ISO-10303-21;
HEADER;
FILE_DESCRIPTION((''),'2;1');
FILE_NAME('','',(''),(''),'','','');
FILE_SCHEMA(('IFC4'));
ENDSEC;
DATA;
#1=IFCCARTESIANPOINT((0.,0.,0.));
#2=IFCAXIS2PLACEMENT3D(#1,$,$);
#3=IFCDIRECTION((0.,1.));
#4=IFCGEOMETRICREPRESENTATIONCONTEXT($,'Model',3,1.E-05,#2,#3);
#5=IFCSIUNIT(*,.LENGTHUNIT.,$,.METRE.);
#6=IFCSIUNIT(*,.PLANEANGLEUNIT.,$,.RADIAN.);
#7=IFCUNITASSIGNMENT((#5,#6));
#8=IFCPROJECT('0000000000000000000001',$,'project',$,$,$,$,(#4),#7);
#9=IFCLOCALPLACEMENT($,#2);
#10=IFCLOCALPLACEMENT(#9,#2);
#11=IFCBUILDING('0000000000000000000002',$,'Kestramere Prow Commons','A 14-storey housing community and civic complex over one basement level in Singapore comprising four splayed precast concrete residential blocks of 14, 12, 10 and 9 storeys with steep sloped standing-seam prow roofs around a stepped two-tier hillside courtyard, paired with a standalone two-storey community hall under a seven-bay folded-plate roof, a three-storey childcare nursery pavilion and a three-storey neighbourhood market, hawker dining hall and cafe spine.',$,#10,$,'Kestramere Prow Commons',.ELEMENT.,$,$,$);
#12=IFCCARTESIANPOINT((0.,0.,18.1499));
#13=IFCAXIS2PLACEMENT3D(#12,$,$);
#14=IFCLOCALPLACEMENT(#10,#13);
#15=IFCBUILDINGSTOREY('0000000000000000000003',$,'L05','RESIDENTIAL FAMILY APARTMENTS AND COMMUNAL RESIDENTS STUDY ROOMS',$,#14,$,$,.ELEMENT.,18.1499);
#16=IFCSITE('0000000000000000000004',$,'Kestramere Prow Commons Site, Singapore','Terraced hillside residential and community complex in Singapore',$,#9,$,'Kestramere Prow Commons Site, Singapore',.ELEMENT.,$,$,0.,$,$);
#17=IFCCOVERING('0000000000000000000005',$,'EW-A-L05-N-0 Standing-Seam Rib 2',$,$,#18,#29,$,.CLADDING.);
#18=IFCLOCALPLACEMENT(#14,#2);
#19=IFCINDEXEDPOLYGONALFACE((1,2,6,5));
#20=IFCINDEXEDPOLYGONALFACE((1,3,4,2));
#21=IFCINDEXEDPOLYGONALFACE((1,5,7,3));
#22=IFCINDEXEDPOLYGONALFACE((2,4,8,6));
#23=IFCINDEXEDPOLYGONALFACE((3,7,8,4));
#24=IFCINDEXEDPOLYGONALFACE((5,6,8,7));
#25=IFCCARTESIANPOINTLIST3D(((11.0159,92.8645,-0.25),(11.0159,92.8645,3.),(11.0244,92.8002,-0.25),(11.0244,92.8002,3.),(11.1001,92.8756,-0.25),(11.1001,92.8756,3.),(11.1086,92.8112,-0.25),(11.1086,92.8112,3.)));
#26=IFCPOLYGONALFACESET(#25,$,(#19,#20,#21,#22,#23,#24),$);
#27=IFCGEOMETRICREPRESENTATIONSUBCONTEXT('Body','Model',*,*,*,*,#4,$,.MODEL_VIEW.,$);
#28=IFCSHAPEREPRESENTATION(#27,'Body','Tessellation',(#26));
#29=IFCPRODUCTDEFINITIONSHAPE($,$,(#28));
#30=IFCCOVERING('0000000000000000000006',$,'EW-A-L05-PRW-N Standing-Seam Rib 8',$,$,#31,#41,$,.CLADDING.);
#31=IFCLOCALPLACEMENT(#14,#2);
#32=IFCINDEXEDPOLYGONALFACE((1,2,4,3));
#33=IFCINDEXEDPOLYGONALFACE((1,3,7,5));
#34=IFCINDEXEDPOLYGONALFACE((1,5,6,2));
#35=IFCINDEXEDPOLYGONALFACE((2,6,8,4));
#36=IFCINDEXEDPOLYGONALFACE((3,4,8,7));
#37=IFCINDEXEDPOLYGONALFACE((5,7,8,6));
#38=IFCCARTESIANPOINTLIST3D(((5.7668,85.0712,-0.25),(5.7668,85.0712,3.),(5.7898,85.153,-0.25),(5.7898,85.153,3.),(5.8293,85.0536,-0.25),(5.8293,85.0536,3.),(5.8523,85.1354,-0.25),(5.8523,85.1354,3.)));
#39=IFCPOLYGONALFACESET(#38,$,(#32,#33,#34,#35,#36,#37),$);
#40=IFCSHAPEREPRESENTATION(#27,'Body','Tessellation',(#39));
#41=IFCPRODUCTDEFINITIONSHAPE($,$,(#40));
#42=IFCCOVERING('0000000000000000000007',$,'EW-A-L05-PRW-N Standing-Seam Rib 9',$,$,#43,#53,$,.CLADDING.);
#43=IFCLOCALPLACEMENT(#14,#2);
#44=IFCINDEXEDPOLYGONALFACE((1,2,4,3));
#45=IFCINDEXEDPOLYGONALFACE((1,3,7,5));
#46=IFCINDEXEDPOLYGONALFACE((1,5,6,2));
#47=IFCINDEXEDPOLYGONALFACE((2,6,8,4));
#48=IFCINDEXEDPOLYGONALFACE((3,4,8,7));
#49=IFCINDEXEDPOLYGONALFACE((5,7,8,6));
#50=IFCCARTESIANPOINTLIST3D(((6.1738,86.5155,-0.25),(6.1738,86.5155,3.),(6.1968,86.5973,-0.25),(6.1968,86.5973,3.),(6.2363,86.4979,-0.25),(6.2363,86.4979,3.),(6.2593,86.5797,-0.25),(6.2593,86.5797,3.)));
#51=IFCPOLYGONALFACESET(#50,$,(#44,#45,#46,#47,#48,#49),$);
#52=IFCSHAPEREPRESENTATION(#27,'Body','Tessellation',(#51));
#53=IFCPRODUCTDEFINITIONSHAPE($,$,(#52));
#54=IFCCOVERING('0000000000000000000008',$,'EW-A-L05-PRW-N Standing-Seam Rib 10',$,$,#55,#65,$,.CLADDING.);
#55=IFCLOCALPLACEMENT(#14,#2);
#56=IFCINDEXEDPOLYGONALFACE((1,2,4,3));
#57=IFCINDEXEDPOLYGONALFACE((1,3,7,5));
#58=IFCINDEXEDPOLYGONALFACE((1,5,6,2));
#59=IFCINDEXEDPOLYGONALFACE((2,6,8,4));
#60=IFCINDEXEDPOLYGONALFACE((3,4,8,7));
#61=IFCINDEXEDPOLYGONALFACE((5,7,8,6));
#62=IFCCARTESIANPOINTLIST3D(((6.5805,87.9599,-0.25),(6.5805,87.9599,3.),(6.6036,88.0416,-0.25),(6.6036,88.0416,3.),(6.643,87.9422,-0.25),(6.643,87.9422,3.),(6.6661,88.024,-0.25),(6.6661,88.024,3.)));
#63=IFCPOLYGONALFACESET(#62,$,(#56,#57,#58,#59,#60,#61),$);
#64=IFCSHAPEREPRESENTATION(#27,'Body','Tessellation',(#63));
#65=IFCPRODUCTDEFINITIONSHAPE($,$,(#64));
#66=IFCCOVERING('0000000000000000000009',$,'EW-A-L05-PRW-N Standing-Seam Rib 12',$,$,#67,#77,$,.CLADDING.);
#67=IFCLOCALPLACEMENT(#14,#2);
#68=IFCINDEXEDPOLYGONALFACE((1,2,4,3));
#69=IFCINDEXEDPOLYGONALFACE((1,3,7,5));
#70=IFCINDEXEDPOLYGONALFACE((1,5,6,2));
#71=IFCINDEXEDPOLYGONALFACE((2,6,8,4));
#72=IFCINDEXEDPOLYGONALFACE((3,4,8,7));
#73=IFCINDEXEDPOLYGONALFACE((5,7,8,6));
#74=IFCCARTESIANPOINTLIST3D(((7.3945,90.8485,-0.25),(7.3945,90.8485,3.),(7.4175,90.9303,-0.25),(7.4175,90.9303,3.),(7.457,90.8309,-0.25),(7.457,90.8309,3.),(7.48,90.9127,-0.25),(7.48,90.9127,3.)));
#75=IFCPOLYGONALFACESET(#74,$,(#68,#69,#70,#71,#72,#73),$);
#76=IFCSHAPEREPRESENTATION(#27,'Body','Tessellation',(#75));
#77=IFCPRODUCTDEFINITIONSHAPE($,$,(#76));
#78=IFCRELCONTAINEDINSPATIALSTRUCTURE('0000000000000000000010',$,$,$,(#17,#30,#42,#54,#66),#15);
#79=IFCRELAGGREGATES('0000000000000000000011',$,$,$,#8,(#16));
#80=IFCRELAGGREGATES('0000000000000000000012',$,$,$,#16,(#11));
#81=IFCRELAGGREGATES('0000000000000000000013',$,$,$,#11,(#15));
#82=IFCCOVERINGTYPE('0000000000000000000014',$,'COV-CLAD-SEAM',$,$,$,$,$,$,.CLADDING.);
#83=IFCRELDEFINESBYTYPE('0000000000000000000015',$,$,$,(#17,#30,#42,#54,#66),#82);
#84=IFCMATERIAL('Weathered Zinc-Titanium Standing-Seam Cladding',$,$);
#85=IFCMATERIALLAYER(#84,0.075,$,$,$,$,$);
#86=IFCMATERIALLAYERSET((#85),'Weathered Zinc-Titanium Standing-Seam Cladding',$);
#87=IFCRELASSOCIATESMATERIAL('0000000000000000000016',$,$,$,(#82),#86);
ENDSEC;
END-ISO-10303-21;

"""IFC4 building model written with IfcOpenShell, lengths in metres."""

from ifc_helpers import new_model, si_unit, direction, frame, origin, origin_2d, place, context, subcontext, project, spatial, rectangle, extrude, material, layer, layer_set, type_object, element, save


model = new_model("IFC4")

# Units and contexts
model_context = context("Model", 3, precision=1e-05, world=origin(), true_north=direction((0.0, 1.0)))
body_context = subcontext(model_context, "Body", "Model", "MODEL_VIEW")
ifc_project = project(units=[si_unit("LENGTHUNIT", "METRE"), si_unit("PLANEANGLEUNIT", "RADIAN")], contexts=[model_context])

# Site, building, storey
site_placement = place(None, origin())
site = spatial("IfcSite", under=ifc_project, at=site_placement, Name="Kestramere Prow Commons Site, Singapore", Description="Terraced hillside residential and community complex in Singapore", LongName="Kestramere Prow Commons Site, Singapore", CompositionType="ELEMENT", RefElevation=0.0)
building_placement = place(site_placement, origin())
building = spatial("IfcBuilding", under=site, at=building_placement, Name="Kestramere Prow Commons", Description="A 14-storey housing community and civic complex over one basement level in Singapore comprising four splayed precast concrete residential blocks of 14, 12, 10 and 9 storeys with steep sloped standing-seam prow roofs around a stepped two-tier hillside courtyard, paired with a standalone two-storey community hall under a seven-bay folded-plate roof, a three-storey childcare nursery pavilion and a three-storey neighbourhood market, hawker dining hall and cafe spine.", LongName="Kestramere Prow Commons", CompositionType="ELEMENT")
storey_placement = place(building_placement, frame((0.0, 0.0, 18.1499)))
storey = spatial("IfcBuildingStorey", under=building, at=storey_placement, Name="L05", Description="RESIDENTIAL FAMILY APARTMENTS AND COMMUNAL RESIDENTS STUDY ROOMS", CompositionType="ELEMENT", Elevation=18.1499)

# Coverings
ifc_material_1 = material(Name="Weathered Zinc-Titanium Standing-Seam Cladding")
ifc_layer_1 = layer(ifc_material_1, 0.075)
ifc_layer_set_1 = layer_set([ifc_layer_1], Name="Weathered Zinc-Titanium Standing-Seam Cladding")
covering_type = type_object("IfcCoveringType", Name="COV-CLAD-SEAM", PredefinedType="CLADDING", material=ifc_layer_set_1)
for number, where, z_axis, x_axis, name in (
    (1, (11.0623, 92.8379, -0.25), (0.0, 0.0, 1.0), (0.991445, 0.130526, 0.0), "EW-A-L05-N-0 Standing-Seam Rib 2"),
    (2, (5.8096, 85.1033, -0.25), (0.0, 0.0, 1.0), (0.27116, 0.962534, 0.0), "EW-A-L05-PRW-N Standing-Seam Rib 8"),
    (3, (6.2166, 86.5476, -0.25), (0.0, 0.0, 1.0), (0.27116, 0.962534, 0.0), "EW-A-L05-PRW-N Standing-Seam Rib 9"),
    (4, (6.6233, 87.9919, -0.25), (0.0, 0.0, 1.0), (0.27116, 0.962534, 0.0), "EW-A-L05-PRW-N Standing-Seam Rib 10"),
    (5, (7.4373, 90.8806, -0.25), (0.0, 0.0, 1.0), (0.27116, 0.962534, 0.0), "EW-A-L05-PRW-N Standing-Seam Rib 12"),
):
    element("IfcCovering", number, at=place(storey_placement, frame(where, z_axis=z_axis, x_axis=x_axis)), inside=storey, type_object=covering_type, Name=name, PredefinedType="CLADDING", context=body_context, shape_type="SweptSolid", body=[
        extrude(rectangle(XDim=0.085, YDim=0.0649, at=origin_2d()), origin(), (0.0, 0.0, 1.0), 3.25),
    ])

save(model, "model.ifc")
